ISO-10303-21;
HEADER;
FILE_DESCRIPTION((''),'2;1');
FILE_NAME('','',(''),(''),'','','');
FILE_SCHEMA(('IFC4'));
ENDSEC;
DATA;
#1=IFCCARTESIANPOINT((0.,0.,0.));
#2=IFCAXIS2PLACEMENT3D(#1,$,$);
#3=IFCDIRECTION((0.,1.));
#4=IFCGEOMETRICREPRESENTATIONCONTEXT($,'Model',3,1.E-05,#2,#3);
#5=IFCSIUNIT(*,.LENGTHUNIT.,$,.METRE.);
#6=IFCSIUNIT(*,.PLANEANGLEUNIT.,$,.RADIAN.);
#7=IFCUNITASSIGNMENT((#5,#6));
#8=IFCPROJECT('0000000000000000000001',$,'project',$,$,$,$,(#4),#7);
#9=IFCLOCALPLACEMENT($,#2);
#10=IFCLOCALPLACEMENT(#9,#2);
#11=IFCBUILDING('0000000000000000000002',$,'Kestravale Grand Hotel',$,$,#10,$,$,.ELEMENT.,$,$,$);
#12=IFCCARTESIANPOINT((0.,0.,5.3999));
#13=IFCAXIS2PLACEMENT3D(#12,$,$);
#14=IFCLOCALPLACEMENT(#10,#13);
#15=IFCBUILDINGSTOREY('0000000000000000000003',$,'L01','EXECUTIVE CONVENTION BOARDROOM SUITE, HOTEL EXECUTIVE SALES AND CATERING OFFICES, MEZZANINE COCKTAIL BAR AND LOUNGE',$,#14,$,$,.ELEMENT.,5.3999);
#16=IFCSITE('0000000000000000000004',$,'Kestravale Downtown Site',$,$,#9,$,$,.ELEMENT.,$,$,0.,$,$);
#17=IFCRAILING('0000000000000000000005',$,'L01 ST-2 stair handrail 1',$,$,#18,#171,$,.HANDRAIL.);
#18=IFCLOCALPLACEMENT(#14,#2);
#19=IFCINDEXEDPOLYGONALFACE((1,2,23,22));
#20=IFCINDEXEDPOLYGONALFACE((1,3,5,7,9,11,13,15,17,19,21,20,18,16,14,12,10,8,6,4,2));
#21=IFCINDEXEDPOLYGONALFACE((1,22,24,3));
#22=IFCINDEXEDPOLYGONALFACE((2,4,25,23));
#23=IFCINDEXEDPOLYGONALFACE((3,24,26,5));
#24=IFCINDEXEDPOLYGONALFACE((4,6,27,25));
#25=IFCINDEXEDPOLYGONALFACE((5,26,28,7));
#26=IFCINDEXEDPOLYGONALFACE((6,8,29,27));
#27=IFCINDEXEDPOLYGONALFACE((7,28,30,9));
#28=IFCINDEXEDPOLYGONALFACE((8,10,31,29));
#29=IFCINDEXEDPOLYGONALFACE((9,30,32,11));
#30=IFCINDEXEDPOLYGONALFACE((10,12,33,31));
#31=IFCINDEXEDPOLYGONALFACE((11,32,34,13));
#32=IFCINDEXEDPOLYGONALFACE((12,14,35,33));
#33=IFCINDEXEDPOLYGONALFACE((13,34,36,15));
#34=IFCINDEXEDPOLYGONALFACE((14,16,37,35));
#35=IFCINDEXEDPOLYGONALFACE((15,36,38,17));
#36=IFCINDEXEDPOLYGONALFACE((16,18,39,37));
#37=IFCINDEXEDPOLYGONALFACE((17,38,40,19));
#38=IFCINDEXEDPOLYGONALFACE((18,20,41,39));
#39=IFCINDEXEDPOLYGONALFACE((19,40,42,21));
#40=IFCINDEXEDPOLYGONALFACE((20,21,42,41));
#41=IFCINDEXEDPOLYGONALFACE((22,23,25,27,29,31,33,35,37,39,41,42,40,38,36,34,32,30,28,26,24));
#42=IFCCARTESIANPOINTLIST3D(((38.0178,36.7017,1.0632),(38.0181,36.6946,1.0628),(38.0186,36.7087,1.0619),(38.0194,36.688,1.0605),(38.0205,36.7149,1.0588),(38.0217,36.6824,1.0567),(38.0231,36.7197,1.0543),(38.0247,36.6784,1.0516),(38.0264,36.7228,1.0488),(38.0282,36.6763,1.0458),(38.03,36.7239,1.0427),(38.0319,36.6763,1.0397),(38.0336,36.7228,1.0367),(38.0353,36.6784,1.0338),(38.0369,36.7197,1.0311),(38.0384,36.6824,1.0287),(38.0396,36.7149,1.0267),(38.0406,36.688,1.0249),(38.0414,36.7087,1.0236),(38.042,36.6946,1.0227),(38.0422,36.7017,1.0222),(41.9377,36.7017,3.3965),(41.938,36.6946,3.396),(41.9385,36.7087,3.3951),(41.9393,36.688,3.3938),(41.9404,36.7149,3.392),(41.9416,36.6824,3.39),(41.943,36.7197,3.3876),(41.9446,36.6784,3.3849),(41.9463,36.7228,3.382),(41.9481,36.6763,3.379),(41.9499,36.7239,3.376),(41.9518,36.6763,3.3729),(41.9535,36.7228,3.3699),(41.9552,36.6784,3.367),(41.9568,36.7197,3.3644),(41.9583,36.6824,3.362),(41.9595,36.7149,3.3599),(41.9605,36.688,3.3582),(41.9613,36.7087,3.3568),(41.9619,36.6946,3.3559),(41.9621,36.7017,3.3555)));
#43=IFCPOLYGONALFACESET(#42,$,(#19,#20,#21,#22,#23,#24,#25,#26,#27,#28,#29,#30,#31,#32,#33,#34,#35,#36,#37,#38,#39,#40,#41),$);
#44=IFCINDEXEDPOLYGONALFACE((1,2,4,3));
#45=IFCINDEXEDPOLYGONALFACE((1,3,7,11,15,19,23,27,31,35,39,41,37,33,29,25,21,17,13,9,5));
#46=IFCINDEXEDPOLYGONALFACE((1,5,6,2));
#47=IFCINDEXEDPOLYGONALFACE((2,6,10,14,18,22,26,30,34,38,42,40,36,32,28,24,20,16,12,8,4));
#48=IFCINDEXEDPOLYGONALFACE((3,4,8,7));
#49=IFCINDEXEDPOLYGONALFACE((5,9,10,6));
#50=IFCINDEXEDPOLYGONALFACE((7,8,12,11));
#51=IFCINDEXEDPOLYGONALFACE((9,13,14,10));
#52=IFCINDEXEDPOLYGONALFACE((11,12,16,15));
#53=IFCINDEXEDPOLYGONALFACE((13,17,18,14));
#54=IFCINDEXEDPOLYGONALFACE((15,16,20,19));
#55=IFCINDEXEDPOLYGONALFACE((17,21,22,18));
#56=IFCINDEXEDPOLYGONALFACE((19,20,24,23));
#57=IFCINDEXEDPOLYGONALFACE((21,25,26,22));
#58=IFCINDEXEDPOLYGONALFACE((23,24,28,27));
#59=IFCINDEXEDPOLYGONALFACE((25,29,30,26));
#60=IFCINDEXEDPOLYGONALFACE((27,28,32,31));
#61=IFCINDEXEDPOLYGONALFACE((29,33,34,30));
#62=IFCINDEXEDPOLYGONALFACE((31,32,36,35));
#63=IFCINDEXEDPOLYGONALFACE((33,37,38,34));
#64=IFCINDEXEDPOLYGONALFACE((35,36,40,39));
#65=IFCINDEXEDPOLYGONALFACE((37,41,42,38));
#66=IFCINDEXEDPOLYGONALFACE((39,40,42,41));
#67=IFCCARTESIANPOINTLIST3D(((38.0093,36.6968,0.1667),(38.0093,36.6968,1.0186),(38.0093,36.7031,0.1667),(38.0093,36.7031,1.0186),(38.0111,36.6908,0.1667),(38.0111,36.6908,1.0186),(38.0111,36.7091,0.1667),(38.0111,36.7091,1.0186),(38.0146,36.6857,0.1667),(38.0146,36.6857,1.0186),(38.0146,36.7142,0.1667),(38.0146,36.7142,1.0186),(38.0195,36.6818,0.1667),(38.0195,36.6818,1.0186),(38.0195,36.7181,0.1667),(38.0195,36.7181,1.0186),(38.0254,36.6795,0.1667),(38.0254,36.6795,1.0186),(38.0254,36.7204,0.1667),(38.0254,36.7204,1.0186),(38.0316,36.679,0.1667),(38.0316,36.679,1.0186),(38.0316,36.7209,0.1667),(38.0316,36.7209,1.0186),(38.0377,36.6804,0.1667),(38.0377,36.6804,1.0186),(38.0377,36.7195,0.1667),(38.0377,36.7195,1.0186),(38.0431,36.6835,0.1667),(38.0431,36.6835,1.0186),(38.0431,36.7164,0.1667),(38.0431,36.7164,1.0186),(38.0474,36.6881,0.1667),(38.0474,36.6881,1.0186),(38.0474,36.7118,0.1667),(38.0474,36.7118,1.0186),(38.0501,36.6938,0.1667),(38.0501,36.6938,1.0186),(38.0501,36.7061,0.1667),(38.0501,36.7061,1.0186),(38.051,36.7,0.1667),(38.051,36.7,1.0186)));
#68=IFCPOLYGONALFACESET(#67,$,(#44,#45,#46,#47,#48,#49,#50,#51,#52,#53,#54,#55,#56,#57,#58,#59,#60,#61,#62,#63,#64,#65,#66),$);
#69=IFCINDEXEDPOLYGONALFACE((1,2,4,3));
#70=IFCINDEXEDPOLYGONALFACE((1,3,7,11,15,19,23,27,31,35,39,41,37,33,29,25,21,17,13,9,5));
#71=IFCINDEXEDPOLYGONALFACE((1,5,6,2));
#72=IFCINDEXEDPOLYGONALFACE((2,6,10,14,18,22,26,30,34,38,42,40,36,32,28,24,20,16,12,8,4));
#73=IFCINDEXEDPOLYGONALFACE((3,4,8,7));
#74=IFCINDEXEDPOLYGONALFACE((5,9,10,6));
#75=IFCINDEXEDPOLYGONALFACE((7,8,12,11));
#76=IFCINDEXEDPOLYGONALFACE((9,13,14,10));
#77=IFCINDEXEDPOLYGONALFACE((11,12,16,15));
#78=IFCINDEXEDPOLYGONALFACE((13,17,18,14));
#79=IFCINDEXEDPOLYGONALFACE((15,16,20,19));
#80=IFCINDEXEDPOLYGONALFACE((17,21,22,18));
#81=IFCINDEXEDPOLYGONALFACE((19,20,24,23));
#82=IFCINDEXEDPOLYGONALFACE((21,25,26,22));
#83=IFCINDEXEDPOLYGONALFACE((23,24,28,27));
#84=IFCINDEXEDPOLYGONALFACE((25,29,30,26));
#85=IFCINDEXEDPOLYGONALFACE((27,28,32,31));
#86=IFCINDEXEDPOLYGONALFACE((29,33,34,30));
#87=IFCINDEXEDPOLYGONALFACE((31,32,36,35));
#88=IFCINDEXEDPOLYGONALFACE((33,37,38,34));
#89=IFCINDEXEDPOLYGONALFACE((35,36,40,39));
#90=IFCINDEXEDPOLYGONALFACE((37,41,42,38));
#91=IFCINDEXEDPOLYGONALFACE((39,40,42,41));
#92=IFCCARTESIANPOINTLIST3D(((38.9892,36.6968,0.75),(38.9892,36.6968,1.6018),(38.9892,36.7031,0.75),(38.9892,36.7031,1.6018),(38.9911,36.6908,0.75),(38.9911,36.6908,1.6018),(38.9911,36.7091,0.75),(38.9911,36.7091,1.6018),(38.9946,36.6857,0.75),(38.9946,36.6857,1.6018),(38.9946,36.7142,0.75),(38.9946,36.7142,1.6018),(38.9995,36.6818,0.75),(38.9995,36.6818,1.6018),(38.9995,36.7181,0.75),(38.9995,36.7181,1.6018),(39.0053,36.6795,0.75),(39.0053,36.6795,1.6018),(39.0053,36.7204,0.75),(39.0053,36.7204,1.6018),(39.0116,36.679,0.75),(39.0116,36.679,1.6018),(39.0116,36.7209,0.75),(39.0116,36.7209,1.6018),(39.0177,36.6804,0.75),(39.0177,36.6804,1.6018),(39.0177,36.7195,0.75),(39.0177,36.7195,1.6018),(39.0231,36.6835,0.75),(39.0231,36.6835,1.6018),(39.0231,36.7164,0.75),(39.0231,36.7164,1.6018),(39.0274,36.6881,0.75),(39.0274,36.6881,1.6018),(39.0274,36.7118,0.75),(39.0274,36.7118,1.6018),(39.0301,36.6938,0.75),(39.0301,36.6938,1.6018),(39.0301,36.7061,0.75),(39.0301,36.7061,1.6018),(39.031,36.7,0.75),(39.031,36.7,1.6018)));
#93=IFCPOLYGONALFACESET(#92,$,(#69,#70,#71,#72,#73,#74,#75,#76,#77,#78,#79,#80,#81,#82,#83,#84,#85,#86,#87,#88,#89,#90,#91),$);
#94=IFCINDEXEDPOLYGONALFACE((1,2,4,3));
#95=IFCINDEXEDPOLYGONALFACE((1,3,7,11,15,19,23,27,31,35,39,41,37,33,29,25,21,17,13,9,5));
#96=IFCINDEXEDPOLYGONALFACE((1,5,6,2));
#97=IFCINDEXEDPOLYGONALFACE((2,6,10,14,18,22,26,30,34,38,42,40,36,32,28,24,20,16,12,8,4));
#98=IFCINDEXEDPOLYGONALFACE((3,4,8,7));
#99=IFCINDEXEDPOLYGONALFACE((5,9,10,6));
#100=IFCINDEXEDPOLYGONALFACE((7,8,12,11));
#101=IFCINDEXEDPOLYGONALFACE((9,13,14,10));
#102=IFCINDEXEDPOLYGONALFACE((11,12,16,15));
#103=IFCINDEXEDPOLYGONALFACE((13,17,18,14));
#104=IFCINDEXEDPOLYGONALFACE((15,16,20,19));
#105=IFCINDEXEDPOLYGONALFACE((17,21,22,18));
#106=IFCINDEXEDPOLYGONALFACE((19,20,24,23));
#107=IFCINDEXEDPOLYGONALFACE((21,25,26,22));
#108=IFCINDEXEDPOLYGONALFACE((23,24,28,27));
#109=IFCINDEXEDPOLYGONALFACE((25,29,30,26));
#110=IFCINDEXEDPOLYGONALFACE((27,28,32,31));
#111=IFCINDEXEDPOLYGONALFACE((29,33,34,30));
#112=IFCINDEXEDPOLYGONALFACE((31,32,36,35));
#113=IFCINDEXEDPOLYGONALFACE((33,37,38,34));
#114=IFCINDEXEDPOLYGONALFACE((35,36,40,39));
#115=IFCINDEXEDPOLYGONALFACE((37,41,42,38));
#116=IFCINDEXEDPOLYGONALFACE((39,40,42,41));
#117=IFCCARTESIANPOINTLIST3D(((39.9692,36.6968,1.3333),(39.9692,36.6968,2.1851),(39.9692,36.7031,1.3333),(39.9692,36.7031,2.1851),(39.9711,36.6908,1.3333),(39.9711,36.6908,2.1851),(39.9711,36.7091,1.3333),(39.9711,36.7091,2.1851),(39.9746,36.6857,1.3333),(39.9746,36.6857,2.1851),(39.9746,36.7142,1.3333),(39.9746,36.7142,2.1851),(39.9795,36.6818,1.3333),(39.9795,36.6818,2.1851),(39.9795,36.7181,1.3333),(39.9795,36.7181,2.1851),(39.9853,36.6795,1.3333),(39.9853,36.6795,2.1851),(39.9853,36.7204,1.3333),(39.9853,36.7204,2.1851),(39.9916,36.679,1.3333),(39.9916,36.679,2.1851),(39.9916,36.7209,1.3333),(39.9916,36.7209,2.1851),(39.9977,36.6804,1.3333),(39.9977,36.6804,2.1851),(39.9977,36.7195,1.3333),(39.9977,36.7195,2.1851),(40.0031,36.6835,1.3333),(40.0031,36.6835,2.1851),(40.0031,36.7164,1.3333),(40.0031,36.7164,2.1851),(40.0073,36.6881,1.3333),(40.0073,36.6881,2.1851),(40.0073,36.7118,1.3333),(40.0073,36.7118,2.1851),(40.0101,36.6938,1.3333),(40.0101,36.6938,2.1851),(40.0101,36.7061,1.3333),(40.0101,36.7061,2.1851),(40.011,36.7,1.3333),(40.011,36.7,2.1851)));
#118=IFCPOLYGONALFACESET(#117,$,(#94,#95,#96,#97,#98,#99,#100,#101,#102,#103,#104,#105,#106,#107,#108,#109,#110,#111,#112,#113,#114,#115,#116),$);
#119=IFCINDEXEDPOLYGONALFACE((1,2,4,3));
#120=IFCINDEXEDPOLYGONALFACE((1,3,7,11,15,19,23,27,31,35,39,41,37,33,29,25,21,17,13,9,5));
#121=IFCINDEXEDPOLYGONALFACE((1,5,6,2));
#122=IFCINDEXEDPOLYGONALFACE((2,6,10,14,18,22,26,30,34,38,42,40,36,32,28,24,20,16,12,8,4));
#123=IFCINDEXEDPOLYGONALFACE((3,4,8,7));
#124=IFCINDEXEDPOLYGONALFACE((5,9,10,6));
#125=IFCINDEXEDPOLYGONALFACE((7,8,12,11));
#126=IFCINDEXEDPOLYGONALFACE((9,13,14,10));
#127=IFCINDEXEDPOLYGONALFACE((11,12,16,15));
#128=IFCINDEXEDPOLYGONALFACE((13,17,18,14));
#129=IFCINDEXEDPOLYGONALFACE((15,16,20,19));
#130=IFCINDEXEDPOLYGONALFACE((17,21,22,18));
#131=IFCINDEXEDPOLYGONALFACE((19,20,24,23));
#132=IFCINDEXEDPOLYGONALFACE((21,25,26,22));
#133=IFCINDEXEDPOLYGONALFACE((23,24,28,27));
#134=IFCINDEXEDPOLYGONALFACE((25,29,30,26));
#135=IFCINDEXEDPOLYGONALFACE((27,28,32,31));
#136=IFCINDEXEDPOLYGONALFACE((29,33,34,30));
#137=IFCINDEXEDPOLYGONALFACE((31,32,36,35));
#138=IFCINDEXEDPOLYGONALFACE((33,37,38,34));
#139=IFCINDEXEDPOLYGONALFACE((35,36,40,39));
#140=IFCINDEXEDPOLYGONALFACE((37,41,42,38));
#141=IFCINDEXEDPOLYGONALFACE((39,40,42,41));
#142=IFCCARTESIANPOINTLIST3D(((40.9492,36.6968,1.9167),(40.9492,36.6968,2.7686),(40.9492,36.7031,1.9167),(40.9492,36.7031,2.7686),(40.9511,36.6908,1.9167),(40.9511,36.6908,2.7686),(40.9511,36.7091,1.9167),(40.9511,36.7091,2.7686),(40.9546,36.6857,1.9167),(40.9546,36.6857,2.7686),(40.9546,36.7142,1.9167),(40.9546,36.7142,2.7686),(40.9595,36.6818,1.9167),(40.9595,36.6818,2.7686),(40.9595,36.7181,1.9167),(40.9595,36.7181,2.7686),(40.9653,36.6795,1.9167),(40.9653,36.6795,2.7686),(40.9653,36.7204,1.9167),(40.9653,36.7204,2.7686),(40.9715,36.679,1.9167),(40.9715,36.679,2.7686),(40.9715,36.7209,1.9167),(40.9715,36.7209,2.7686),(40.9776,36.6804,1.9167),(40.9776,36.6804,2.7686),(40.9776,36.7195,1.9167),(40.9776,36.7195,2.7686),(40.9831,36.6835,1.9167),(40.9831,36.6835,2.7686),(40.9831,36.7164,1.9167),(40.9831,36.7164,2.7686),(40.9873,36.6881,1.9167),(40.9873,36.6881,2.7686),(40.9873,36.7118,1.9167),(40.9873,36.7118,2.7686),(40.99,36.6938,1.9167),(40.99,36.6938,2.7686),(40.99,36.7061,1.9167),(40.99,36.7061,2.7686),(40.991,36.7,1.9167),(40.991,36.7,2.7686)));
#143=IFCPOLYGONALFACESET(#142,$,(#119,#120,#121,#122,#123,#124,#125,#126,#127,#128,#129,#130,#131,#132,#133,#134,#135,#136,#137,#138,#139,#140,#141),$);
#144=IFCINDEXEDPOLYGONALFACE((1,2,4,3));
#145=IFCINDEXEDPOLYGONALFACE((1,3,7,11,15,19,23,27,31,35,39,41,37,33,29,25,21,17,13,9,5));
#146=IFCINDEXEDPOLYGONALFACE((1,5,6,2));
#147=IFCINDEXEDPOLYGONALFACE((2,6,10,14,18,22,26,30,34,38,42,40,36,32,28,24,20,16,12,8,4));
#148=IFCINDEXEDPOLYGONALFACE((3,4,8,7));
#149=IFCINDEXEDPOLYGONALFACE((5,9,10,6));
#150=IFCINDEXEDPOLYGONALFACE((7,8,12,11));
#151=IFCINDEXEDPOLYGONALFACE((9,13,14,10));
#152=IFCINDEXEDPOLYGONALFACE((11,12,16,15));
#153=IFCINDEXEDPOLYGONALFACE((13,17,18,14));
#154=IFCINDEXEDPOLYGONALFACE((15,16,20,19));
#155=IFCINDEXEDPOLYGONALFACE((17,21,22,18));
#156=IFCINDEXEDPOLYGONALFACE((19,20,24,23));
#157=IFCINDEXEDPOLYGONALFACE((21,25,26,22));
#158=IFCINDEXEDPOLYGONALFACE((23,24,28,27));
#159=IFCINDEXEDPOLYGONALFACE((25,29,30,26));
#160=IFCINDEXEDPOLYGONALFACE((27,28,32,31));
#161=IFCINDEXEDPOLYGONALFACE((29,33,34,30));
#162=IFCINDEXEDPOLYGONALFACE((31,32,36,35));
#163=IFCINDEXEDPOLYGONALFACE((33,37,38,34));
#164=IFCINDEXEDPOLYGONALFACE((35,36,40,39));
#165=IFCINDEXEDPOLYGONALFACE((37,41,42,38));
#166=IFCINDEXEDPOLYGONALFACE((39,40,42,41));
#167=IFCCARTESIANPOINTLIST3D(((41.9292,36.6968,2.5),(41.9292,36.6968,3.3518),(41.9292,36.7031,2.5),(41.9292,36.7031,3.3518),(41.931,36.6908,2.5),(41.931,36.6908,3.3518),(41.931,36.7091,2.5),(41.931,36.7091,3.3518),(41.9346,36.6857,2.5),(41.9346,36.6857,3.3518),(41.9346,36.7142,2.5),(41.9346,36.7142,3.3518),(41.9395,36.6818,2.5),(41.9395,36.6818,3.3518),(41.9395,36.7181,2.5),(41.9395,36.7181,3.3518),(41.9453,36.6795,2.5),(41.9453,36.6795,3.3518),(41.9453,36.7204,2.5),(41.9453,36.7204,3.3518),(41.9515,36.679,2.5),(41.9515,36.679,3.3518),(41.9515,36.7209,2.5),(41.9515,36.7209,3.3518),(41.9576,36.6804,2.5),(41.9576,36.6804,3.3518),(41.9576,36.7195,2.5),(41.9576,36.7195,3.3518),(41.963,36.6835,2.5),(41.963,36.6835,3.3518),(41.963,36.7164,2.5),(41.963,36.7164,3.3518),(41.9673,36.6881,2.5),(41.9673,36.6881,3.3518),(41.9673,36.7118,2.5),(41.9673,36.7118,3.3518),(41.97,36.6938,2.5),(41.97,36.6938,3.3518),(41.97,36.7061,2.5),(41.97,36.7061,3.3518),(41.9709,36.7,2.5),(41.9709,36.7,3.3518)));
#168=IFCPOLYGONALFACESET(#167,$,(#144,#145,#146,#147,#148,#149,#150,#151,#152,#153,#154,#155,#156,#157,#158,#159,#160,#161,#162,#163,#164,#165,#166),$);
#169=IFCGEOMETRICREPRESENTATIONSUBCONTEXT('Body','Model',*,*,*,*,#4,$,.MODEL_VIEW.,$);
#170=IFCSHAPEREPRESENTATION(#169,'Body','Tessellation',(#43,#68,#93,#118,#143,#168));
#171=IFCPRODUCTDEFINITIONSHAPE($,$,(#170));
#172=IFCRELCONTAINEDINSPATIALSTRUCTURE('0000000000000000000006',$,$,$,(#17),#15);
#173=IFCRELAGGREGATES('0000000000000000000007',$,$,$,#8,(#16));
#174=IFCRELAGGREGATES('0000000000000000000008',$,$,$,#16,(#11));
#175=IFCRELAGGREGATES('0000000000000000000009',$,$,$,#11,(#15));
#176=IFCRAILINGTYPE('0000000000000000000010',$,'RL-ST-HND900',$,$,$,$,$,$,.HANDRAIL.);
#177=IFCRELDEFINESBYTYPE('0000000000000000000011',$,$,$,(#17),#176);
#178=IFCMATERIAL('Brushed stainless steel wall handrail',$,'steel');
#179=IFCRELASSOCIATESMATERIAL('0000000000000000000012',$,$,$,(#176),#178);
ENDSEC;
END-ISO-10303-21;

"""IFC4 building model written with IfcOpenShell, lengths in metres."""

from ifc_helpers import new_model, si_unit, direction, frame, origin, origin_2d, place, context, subcontext, project, spatial, circle, extrude, material, type_object, element, save


model = new_model("IFC4")

# Units and contexts
model_context = context("Model", 3, precision=1e-05, world=origin(), true_north=direction((0.0, 1.0)))
body_context = subcontext(model_context, "Body", "Model", "MODEL_VIEW")
ifc_project = project(units=[si_unit("LENGTHUNIT", "METRE"), si_unit("PLANEANGLEUNIT", "RADIAN")], contexts=[model_context])

# Site, building, storey
site_placement = place(None, origin())
site = spatial("IfcSite", under=ifc_project, at=site_placement, Name="Kestravale Downtown Site", CompositionType="ELEMENT", RefElevation=0.0)
building_placement = place(site_placement, origin())
building = spatial("IfcBuilding", under=site, at=building_placement, Name="Kestravale Grand Hotel", CompositionType="ELEMENT")
storey_placement = place(building_placement, frame((0.0, 0.0, 5.3999)))
storey = spatial("IfcBuildingStorey", under=building, at=storey_placement, Name="L01", Description="EXECUTIVE CONVENTION BOARDROOM SUITE, HOTEL EXECUTIVE SALES AND CATERING OFFICES, MEZZANINE COCKTAIL BAR AND LOUNGE", CompositionType="ELEMENT", Elevation=5.3999)

# Railing
ifc_material_1 = material(Name="Brushed stainless steel wall handrail", Category="steel")
railing_type_1 = type_object("IfcRailingType", Name="RL-ST-HND900", PredefinedType="HANDRAIL", material=ifc_material_1)
railing_1_placement = place(storey_placement, frame((38.03, 36.7, 0.1667)))
element("IfcRailing", 1, at=railing_1_placement, inside=storey, type_object=railing_type_1, Name="L01 ST-2 stair handrail 1", PredefinedType="HANDRAIL", context=body_context, shape_type="SweptSolid", body=[
    extrude(circle(Radius=0.0239, at=origin_2d()), frame((0.0, 0.0, 0.876), z_axis=(0.859296, 0.0, 0.511478), x_axis=(0.0, 1.0, 0.0)), (0.0, 0.0, 1.0), 4.5618),
    extrude(circle(Radius=0.021, at=origin_2d()), origin(), (0.0, 0.0, 1.0), 0.8518),
    extrude(circle(Radius=0.021, at=origin_2d()), frame((0.98, 0.0, 0.5833)), (0.0, 0.0, 1.0), 0.8518),
    extrude(circle(Radius=0.021, at=origin_2d()), frame((1.96, 0.0, 1.1665)), (0.0, 0.0, 1.0), 0.8518),
    extrude(circle(Radius=0.021, at=origin_2d()), frame((2.9399, 0.0, 1.75)), (0.0, 0.0, 1.0), 0.8518),
    extrude(circle(Radius=0.021, at=origin_2d()), frame((3.9199, 0.0, 2.3333)), (0.0, 0.0, 1.0), 0.8518),
])

save(model, "model.ifc")
